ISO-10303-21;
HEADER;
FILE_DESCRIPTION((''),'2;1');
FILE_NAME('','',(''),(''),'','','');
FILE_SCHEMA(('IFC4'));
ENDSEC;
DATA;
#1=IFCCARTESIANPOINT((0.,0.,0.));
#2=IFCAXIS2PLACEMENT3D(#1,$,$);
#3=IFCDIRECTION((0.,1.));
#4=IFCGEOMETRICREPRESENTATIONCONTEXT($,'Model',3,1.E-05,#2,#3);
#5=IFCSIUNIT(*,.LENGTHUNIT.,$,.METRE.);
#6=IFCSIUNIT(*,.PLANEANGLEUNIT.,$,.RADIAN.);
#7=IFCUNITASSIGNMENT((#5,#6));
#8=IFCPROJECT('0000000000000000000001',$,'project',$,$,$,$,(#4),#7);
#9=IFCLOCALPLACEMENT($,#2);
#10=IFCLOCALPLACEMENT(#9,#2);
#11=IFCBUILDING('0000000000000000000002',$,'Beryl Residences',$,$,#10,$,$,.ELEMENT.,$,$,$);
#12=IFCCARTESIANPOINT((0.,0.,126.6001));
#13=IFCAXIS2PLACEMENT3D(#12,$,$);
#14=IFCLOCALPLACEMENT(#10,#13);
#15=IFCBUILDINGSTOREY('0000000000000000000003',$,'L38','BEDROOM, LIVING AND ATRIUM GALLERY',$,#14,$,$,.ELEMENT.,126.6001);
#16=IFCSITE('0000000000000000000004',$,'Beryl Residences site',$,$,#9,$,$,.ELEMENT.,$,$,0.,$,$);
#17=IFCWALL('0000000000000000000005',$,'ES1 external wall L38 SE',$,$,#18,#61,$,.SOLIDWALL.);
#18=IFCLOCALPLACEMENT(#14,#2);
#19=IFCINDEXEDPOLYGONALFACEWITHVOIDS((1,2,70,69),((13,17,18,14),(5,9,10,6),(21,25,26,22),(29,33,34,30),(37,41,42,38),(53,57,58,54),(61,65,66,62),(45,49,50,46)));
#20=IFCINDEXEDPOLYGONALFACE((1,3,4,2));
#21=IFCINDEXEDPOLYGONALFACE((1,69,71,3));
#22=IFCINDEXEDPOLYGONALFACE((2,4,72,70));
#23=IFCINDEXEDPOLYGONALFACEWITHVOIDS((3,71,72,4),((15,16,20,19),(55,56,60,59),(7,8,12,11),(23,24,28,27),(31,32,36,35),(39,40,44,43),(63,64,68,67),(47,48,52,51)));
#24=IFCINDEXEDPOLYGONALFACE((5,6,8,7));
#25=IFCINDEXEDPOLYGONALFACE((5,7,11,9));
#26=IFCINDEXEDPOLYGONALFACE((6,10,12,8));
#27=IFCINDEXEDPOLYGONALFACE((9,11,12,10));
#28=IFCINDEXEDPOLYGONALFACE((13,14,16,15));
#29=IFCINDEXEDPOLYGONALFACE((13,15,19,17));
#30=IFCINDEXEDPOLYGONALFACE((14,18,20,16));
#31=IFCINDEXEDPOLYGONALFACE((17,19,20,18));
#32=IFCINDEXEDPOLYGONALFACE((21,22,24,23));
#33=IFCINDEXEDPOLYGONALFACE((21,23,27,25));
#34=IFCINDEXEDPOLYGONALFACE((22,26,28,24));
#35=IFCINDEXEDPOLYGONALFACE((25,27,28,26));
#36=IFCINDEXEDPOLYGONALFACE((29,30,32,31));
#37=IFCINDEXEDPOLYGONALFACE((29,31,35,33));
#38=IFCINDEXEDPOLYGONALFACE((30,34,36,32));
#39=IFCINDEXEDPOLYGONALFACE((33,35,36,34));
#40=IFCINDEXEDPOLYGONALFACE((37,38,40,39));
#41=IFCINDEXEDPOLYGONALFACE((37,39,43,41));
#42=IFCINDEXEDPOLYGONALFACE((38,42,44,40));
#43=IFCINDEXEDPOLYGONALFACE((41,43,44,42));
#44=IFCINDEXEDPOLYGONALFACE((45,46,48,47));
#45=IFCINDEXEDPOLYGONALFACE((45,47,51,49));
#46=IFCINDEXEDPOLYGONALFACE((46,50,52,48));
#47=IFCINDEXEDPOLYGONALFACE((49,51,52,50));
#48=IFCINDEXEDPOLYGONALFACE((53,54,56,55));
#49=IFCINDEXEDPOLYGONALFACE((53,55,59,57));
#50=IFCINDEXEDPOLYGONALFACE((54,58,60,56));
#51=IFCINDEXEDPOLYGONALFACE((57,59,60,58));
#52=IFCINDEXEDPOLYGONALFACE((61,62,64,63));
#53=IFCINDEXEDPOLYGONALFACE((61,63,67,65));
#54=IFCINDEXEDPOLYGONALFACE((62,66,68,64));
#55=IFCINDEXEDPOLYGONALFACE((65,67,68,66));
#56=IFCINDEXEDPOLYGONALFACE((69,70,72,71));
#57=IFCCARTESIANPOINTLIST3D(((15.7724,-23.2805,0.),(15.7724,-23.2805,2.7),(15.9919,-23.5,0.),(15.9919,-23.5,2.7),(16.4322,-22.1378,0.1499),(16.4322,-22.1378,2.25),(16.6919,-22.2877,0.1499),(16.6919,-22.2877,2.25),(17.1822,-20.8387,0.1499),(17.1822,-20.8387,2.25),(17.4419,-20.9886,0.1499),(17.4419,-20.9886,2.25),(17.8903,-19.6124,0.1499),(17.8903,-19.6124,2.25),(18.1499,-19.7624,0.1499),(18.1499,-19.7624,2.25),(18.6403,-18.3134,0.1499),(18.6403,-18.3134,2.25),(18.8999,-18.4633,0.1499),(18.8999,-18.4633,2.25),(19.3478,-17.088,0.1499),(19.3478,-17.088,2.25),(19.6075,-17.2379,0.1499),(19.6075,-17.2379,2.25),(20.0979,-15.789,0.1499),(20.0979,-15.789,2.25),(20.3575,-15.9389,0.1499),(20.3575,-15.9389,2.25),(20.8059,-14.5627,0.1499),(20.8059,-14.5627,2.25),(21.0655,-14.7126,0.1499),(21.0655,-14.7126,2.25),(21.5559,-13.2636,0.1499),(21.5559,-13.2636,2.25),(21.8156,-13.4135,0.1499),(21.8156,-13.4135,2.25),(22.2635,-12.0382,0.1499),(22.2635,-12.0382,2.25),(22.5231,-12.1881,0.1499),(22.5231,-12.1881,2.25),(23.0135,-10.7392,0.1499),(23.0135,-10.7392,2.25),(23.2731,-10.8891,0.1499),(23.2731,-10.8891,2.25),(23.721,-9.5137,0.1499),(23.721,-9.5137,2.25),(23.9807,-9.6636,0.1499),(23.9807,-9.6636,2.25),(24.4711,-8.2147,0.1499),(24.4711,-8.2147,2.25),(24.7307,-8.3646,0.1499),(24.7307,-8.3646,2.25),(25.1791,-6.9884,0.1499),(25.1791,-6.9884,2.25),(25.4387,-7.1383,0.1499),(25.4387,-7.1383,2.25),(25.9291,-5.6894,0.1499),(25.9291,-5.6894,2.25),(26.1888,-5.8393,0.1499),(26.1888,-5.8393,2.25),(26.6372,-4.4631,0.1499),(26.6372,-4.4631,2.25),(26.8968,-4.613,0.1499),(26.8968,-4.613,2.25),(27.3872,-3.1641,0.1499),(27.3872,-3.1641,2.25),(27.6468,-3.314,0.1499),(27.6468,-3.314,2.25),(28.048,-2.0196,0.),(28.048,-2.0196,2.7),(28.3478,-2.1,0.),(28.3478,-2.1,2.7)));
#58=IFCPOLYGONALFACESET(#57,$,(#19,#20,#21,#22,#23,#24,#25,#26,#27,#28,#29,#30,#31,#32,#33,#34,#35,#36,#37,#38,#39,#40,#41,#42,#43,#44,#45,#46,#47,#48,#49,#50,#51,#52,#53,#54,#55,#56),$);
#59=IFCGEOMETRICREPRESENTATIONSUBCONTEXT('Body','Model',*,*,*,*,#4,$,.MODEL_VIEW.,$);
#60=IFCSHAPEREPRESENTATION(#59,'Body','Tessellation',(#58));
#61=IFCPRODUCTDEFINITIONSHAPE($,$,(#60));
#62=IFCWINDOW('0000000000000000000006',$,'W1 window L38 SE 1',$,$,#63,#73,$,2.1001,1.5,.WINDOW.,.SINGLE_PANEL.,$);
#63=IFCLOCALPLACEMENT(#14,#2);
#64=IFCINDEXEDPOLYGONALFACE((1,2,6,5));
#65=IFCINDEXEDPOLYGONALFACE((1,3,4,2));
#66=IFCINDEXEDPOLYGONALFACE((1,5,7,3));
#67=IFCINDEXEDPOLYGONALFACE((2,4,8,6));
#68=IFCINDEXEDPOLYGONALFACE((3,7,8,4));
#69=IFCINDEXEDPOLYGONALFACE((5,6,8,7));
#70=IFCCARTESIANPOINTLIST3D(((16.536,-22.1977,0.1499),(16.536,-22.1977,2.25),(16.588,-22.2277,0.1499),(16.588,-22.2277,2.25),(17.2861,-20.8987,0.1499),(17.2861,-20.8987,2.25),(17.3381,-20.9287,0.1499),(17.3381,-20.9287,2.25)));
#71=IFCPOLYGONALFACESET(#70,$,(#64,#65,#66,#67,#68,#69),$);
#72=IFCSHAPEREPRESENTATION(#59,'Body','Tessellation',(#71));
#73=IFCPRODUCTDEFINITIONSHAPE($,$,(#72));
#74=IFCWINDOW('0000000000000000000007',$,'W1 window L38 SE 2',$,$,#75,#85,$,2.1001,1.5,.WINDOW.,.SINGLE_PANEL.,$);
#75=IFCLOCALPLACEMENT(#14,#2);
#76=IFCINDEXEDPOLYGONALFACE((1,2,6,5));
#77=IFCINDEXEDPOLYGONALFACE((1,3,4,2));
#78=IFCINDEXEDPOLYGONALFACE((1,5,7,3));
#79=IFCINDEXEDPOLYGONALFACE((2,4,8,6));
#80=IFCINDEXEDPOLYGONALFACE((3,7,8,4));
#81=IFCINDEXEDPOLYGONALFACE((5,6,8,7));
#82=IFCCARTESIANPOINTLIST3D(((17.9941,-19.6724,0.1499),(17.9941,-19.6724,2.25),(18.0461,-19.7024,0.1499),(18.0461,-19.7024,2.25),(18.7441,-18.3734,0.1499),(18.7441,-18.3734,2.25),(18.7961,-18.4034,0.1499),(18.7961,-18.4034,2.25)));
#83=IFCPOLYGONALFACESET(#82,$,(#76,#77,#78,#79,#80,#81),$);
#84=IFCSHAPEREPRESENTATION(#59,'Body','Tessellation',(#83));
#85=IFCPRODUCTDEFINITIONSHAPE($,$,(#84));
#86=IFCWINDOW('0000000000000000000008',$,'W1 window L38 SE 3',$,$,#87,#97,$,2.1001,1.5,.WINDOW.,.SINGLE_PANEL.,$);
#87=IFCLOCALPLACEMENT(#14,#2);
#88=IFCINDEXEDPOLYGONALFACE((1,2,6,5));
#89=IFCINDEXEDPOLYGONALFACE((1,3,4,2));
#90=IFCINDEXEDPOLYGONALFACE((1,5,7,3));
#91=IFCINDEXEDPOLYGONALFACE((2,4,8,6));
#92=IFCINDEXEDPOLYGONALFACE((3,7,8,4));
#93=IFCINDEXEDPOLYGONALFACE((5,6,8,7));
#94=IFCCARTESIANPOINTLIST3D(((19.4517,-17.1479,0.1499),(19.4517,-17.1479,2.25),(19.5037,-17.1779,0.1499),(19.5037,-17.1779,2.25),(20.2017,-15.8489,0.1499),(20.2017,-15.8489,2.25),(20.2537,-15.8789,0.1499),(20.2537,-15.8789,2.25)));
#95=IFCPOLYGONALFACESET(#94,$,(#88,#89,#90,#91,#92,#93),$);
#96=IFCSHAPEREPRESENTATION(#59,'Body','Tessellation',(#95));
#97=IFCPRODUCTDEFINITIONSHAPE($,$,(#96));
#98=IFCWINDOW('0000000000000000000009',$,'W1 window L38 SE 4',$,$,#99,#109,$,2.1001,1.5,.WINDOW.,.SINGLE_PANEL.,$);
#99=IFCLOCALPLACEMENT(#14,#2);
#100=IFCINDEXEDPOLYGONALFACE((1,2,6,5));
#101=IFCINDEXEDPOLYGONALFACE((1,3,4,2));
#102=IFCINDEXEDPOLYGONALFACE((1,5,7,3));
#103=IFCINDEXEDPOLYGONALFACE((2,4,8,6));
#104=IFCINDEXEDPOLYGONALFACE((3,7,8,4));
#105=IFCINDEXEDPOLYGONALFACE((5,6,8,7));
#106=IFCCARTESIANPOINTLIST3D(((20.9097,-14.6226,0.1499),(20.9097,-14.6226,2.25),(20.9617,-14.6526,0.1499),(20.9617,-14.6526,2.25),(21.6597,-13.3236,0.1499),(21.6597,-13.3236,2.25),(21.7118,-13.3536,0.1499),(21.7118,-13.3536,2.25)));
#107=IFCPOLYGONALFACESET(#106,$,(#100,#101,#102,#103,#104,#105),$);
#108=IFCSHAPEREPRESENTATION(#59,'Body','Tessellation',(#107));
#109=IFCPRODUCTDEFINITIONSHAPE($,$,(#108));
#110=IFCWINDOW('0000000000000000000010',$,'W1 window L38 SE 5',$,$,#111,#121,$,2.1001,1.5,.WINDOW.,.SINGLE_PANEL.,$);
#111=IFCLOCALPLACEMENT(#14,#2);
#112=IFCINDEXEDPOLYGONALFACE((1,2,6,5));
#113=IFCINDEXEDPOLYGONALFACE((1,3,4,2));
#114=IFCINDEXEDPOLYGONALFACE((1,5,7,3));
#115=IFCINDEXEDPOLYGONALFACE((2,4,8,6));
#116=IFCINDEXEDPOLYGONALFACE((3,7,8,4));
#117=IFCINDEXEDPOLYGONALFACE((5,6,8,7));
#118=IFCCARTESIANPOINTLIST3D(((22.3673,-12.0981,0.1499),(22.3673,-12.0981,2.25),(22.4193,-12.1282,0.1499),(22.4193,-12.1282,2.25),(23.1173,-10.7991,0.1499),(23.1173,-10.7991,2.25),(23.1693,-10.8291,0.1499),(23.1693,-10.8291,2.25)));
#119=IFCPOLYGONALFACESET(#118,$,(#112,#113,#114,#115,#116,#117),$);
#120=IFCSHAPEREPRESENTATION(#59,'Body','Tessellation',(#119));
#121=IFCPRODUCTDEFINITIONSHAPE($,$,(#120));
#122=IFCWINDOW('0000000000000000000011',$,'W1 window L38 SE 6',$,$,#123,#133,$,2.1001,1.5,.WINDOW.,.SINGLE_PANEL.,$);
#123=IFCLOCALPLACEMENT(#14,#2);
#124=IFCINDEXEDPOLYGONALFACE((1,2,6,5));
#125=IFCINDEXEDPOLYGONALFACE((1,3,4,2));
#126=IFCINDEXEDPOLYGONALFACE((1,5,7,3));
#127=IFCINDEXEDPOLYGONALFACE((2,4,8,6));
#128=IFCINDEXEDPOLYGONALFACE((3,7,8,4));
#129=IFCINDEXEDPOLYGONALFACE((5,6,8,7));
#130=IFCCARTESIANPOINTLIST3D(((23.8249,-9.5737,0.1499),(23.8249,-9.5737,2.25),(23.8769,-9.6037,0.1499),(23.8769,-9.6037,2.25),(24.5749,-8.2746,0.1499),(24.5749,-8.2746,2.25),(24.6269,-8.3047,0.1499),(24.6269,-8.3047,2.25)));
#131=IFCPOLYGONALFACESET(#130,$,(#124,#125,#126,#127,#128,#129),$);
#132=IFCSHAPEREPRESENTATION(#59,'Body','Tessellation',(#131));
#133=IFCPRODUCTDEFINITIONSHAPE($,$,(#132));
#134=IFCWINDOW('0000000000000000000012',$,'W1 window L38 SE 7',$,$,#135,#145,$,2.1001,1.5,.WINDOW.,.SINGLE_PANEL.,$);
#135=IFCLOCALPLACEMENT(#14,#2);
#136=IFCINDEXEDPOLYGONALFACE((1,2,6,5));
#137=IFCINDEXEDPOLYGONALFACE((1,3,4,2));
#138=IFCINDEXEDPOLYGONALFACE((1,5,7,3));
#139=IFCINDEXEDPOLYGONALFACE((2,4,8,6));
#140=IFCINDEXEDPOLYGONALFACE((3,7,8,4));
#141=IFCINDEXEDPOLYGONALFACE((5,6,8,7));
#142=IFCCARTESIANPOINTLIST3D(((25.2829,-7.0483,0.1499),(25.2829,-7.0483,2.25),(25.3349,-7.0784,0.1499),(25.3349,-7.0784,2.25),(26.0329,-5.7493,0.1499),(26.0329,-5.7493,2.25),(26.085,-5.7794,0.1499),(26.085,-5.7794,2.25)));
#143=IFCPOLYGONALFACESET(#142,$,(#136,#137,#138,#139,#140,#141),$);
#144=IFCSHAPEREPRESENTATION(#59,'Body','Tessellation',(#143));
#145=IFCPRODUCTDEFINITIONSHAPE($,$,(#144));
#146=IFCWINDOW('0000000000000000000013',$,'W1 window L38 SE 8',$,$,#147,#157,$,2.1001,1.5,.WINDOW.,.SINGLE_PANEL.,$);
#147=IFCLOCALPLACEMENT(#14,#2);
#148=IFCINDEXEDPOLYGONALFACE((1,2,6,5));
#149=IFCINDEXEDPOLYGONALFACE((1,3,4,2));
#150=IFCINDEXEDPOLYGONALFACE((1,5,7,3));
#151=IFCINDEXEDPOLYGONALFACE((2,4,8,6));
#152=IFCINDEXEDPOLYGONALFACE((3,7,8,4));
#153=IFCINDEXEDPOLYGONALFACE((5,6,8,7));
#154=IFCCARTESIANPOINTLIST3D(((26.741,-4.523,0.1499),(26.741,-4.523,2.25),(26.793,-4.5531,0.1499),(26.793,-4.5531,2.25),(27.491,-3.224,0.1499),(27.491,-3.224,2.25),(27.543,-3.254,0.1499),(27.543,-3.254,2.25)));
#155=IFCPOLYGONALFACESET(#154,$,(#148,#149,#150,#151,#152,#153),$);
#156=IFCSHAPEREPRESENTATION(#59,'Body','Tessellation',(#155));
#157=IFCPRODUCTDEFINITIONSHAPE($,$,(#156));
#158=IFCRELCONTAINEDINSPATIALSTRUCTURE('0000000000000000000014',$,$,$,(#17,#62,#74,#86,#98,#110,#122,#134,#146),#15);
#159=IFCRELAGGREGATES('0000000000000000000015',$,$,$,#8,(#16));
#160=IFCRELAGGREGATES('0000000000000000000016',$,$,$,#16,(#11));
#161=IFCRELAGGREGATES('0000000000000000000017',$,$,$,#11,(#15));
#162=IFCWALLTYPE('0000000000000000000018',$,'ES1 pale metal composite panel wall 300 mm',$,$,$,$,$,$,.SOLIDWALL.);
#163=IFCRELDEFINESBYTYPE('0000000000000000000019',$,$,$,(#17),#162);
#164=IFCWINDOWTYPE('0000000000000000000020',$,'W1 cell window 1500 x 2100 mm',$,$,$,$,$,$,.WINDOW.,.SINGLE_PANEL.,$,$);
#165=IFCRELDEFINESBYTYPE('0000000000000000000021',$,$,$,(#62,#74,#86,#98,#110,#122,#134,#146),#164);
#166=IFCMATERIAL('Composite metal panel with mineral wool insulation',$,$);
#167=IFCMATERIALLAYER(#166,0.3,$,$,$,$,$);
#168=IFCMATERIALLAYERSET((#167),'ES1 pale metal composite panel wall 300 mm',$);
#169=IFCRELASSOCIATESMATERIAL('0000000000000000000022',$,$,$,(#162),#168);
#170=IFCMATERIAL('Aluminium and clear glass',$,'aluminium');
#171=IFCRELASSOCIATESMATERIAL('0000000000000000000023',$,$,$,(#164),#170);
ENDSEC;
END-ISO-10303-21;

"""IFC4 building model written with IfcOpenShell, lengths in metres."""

from ifc_helpers import new_model, si_unit, direction, frame, frame_2d, origin, place, context, subcontext, project, spatial, polyline, rectangle, outline, extrude, material, layer, layer_set, type_object, element, fill, save


model = new_model("IFC4")

# Units and contexts
model_context = context("Model", 3, precision=1e-05, world=origin(), true_north=direction((0.0, 1.0)))
body_context = subcontext(model_context, "Body", "Model", "MODEL_VIEW")
ifc_project = project(units=[si_unit("LENGTHUNIT", "METRE"), si_unit("PLANEANGLEUNIT", "RADIAN")], contexts=[model_context])

# Site, building, storey
site_placement = place(None, origin())
site = spatial("IfcSite", under=ifc_project, at=site_placement, Name="Beryl Residences site", CompositionType="ELEMENT", RefElevation=0.0)
building_placement = place(site_placement, origin())
building = spatial("IfcBuilding", under=site, at=building_placement, Name="Beryl Residences", CompositionType="ELEMENT")
storey_placement = place(building_placement, frame((0.0, 0.0, 126.6001)))
storey = spatial("IfcBuildingStorey", under=building, at=storey_placement, Name="L38", Description="BEDROOM, LIVING AND ATRIUM GALLERY", CompositionType="ELEMENT", Elevation=126.6001)

# Wall, openings, windows
ifc_material_1 = material(Name="Composite metal panel with mineral wool insulation")
ifc_layer_1 = layer(ifc_material_1, 0.3)
ifc_layer_set_1 = layer_set([ifc_layer_1], Name="ES1 pale metal composite panel wall 300 mm")
wall_type_1 = type_object("IfcWallType", Name="ES1 pale metal composite panel wall 300 mm", PredefinedType="SOLIDWALL", material=ifc_layer_set_1)
wall_1_placement = place(storey_placement, frame((15.8621, -23.425, 0.0), z_axis=(0.0, 0.0, 1.0), x_axis=(0.500018, 0.866015, 0.0)))
wall_1 = element("IfcWall", 1, at=wall_1_placement, inside=storey, type_object=wall_type_1, Name="ES1 external wall L38 SE", PredefinedType="SOLIDWALL", context=body_context, shape_type="SweptSolid", body=[
    extrude(outline(polyline([(0.0, -0.1499), (24.7109, -0.1499), (24.6306, 0.1499), (0.0803, 0.1499), (0.0, -0.1499)])), origin(), (0.0, 0.0, 1.0), 2.7),
])
opening_1_placement = place(wall_1_placement, frame((1.3999, 0.0, 0.1499)))
opening_1 = element("IfcOpeningElement", 2, at=opening_1_placement, cuts=wall_1, PredefinedType="OPENING", context=body_context, shape_type="SweptSolid", body=[
    extrude(rectangle(XDim=1.5, YDim=2.1001, at=frame_2d((0.75, 1.05))), frame((0.0, 0.1599, 0.0), z_axis=(0.0, -1.0, 0.0), x_axis=(1.0, 0.0, 0.0)), (0.0, 0.0, 1.0), 0.3201),
])
opening_2_placement = place(wall_1_placement, frame((4.3159, 0.0, 0.1499)))
opening_2 = element("IfcOpeningElement", 3, at=opening_2_placement, cuts=wall_1, PredefinedType="OPENING", context=body_context, shape_type="SweptSolid", body=[
    extrude(rectangle(XDim=1.5, YDim=2.1001, at=frame_2d((0.75, 1.05))), frame((0.0, 0.1599, 0.0), z_axis=(0.0, -1.0, 0.0), x_axis=(1.0, 0.0, 0.0)), (0.0, 0.0, 1.0), 0.3201),
])
opening_3_placement = place(wall_1_placement, frame((7.231, 0.0, 0.1499)))
opening_3 = element("IfcOpeningElement", 4, at=opening_3_placement, cuts=wall_1, PredefinedType="OPENING", context=body_context, shape_type="SweptSolid", body=[
    extrude(rectangle(XDim=1.5, YDim=2.1001, at=frame_2d((0.75, 1.05))), frame((0.0, 0.1599, 0.0), z_axis=(0.0, -1.0, 0.0), x_axis=(1.0, 0.0, 0.0)), (0.0, 0.0, 1.0), 0.3201),
])
opening_4_placement = place(wall_1_placement, frame((10.147, 0.0, 0.1499)))
opening_4 = element("IfcOpeningElement", 5, at=opening_4_placement, cuts=wall_1, PredefinedType="OPENING", context=body_context, shape_type="SweptSolid", body=[
    extrude(rectangle(XDim=1.5, YDim=2.1001, at=frame_2d((0.75, 1.05))), frame((0.0, 0.1599, 0.0), z_axis=(0.0, -1.0, 0.0), x_axis=(1.0, 0.0, 0.0)), (0.0, 0.0, 1.0), 0.3201),
])
opening_5_placement = place(wall_1_placement, frame((13.062, 0.0, 0.1499)))
opening_5 = element("IfcOpeningElement", 6, at=opening_5_placement, cuts=wall_1, PredefinedType="OPENING", context=body_context, shape_type="SweptSolid", body=[
    extrude(rectangle(XDim=1.5, YDim=2.1001, at=frame_2d((0.75, 1.05))), frame((0.0, 0.1599, 0.0), z_axis=(0.0, -1.0, 0.0), x_axis=(1.0, 0.0, 0.0)), (0.0, 0.0, 1.0), 0.3201),
])
opening_6_placement = place(wall_1_placement, frame((15.9771, 0.0, 0.1499)))
opening_6 = element("IfcOpeningElement", 7, at=opening_6_placement, cuts=wall_1, PredefinedType="OPENING", context=body_context, shape_type="SweptSolid", body=[
    extrude(rectangle(XDim=1.5, YDim=2.1001, at=frame_2d((0.75, 1.05))), frame((0.0, 0.1599, 0.0), z_axis=(0.0, -1.0, 0.0), x_axis=(1.0, 0.0, 0.0)), (0.0, 0.0, 1.0), 0.3201),
])
opening_7_placement = place(wall_1_placement, frame((18.8931, 0.0, 0.1499)))
opening_7 = element("IfcOpeningElement", 8, at=opening_7_placement, cuts=wall_1, PredefinedType="OPENING", context=body_context, shape_type="SweptSolid", body=[
    extrude(rectangle(XDim=1.5, YDim=2.1001, at=frame_2d((0.75, 1.05))), frame((0.0, 0.1599, 0.0), z_axis=(0.0, -1.0, 0.0), x_axis=(1.0, 0.0, 0.0)), (0.0, 0.0, 1.0), 0.3201),
])
opening_8_placement = place(wall_1_placement, frame((21.8091, 0.0, 0.1499)))
opening_8 = element("IfcOpeningElement", 9, at=opening_8_placement, cuts=wall_1, PredefinedType="OPENING", context=body_context, shape_type="SweptSolid", body=[
    extrude(rectangle(XDim=1.5, YDim=2.1001, at=frame_2d((0.75, 1.05))), frame((0.0, 0.1599, 0.0), z_axis=(0.0, -1.0, 0.0), x_axis=(1.0, 0.0, 0.0)), (0.0, 0.0, 1.0), 0.3201),
])
ifc_material_2 = material(Name="Aluminium and clear glass", Category="aluminium")
window_type_1 = type_object("IfcWindowType", Name="W1 cell window 1500 x 2100 mm", PartitioningType="SINGLE_PANEL", PredefinedType="WINDOW", material=ifc_material_2)
window_1_placement = place(opening_1_placement, origin())
window_1 = element("IfcWindow", 10, at=window_1_placement, inside=storey, type_object=window_type_1, Name="W1 window L38 SE 1", OverallHeight=2.1001, OverallWidth=1.5, PartitioningType="SINGLE_PANEL", PredefinedType="WINDOW", context=body_context, shape_type="SweptSolid", body=[
    extrude(rectangle(XDim=1.5, YDim=2.1001, at=frame_2d((0.75, 1.05))), frame((0.0, 0.03, 0.0), z_axis=(0.0, -1.0, 0.0), x_axis=(1.0, 0.0, 0.0)), (0.0, 0.0, 1.0), 0.0601),
])
fill(opening_1, window_1)
window_2_placement = place(opening_2_placement, origin())
window_2 = element("IfcWindow", 11, at=window_2_placement, inside=storey, type_object=window_type_1, Name="W1 window L38 SE 2", OverallHeight=2.1001, OverallWidth=1.5, PartitioningType="SINGLE_PANEL", PredefinedType="WINDOW", context=body_context, shape_type="SweptSolid", body=[
    extrude(rectangle(XDim=1.5, YDim=2.1001, at=frame_2d((0.75, 1.05))), frame((0.0, 0.03, 0.0), z_axis=(0.0, -1.0, 0.0), x_axis=(1.0, 0.0, 0.0)), (0.0, 0.0, 1.0), 0.0601),
])
fill(opening_2, window_2)
window_3_placement = place(opening_3_placement, origin())
window_3 = element("IfcWindow", 12, at=window_3_placement, inside=storey, type_object=window_type_1, Name="W1 window L38 SE 3", OverallHeight=2.1001, OverallWidth=1.5, PartitioningType="SINGLE_PANEL", PredefinedType="WINDOW", context=body_context, shape_type="SweptSolid", body=[
    extrude(rectangle(XDim=1.5, YDim=2.1001, at=frame_2d((0.75, 1.05))), frame((0.0, 0.03, 0.0), z_axis=(0.0, -1.0, 0.0), x_axis=(1.0, 0.0, 0.0)), (0.0, 0.0, 1.0), 0.0601),
])
fill(opening_3, window_3)
window_4_placement = place(opening_4_placement, origin())
window_4 = element("IfcWindow", 13, at=window_4_placement, inside=storey, type_object=window_type_1, Name="W1 window L38 SE 4", OverallHeight=2.1001, OverallWidth=1.5, PartitioningType="SINGLE_PANEL", PredefinedType="WINDOW", context=body_context, shape_type="SweptSolid", body=[
    extrude(rectangle(XDim=1.5, YDim=2.1001, at=frame_2d((0.75, 1.05))), frame((0.0, 0.03, 0.0), z_axis=(0.0, -1.0, 0.0), x_axis=(1.0, 0.0, 0.0)), (0.0, 0.0, 1.0), 0.0601),
])
fill(opening_4, window_4)
window_5_placement = place(opening_5_placement, origin())
window_5 = element("IfcWindow", 14, at=window_5_placement, inside=storey, type_object=window_type_1, Name="W1 window L38 SE 5", OverallHeight=2.1001, OverallWidth=1.5, PartitioningType="SINGLE_PANEL", PredefinedType="WINDOW", context=body_context, shape_type="SweptSolid", body=[
    extrude(rectangle(XDim=1.5, YDim=2.1001, at=frame_2d((0.75, 1.05))), frame((0.0, 0.03, 0.0), z_axis=(0.0, -1.0, 0.0), x_axis=(1.0, 0.0, 0.0)), (0.0, 0.0, 1.0), 0.0601),
])
fill(opening_5, window_5)
window_6_placement = place(opening_6_placement, origin())
window_6 = element("IfcWindow", 15, at=window_6_placement, inside=storey, type_object=window_type_1, Name="W1 window L38 SE 6", OverallHeight=2.1001, OverallWidth=1.5, PartitioningType="SINGLE_PANEL", PredefinedType="WINDOW", context=body_context, shape_type="SweptSolid", body=[
    extrude(rectangle(XDim=1.5, YDim=2.1001, at=frame_2d((0.75, 1.05))), frame((0.0, 0.03, 0.0), z_axis=(0.0, -1.0, 0.0), x_axis=(1.0, 0.0, 0.0)), (0.0, 0.0, 1.0), 0.0601),
])
fill(opening_6, window_6)
window_7_placement = place(opening_7_placement, origin())
window_7 = element("IfcWindow", 16, at=window_7_placement, inside=storey, type_object=window_type_1, Name="W1 window L38 SE 7", OverallHeight=2.1001, OverallWidth=1.5, PartitioningType="SINGLE_PANEL", PredefinedType="WINDOW", context=body_context, shape_type="SweptSolid", body=[
    extrude(rectangle(XDim=1.5, YDim=2.1001, at=frame_2d((0.75, 1.05))), frame((0.0, 0.03, 0.0), z_axis=(0.0, -1.0, 0.0), x_axis=(1.0, 0.0, 0.0)), (0.0, 0.0, 1.0), 0.0601),
])
fill(opening_7, window_7)
window_8_placement = place(opening_8_placement, origin())
window_8 = element("IfcWindow", 17, at=window_8_placement, inside=storey, type_object=window_type_1, Name="W1 window L38 SE 8", OverallHeight=2.1001, OverallWidth=1.5, PartitioningType="SINGLE_PANEL", PredefinedType="WINDOW", context=body_context, shape_type="SweptSolid", body=[
    extrude(rectangle(XDim=1.5, YDim=2.1001, at=frame_2d((0.75, 1.05))), frame((0.0, 0.03, 0.0), z_axis=(0.0, -1.0, 0.0), x_axis=(1.0, 0.0, 0.0)), (0.0, 0.0, 1.0), 0.0601),
])
fill(opening_8, window_8)

save(model, "model.ifc")
